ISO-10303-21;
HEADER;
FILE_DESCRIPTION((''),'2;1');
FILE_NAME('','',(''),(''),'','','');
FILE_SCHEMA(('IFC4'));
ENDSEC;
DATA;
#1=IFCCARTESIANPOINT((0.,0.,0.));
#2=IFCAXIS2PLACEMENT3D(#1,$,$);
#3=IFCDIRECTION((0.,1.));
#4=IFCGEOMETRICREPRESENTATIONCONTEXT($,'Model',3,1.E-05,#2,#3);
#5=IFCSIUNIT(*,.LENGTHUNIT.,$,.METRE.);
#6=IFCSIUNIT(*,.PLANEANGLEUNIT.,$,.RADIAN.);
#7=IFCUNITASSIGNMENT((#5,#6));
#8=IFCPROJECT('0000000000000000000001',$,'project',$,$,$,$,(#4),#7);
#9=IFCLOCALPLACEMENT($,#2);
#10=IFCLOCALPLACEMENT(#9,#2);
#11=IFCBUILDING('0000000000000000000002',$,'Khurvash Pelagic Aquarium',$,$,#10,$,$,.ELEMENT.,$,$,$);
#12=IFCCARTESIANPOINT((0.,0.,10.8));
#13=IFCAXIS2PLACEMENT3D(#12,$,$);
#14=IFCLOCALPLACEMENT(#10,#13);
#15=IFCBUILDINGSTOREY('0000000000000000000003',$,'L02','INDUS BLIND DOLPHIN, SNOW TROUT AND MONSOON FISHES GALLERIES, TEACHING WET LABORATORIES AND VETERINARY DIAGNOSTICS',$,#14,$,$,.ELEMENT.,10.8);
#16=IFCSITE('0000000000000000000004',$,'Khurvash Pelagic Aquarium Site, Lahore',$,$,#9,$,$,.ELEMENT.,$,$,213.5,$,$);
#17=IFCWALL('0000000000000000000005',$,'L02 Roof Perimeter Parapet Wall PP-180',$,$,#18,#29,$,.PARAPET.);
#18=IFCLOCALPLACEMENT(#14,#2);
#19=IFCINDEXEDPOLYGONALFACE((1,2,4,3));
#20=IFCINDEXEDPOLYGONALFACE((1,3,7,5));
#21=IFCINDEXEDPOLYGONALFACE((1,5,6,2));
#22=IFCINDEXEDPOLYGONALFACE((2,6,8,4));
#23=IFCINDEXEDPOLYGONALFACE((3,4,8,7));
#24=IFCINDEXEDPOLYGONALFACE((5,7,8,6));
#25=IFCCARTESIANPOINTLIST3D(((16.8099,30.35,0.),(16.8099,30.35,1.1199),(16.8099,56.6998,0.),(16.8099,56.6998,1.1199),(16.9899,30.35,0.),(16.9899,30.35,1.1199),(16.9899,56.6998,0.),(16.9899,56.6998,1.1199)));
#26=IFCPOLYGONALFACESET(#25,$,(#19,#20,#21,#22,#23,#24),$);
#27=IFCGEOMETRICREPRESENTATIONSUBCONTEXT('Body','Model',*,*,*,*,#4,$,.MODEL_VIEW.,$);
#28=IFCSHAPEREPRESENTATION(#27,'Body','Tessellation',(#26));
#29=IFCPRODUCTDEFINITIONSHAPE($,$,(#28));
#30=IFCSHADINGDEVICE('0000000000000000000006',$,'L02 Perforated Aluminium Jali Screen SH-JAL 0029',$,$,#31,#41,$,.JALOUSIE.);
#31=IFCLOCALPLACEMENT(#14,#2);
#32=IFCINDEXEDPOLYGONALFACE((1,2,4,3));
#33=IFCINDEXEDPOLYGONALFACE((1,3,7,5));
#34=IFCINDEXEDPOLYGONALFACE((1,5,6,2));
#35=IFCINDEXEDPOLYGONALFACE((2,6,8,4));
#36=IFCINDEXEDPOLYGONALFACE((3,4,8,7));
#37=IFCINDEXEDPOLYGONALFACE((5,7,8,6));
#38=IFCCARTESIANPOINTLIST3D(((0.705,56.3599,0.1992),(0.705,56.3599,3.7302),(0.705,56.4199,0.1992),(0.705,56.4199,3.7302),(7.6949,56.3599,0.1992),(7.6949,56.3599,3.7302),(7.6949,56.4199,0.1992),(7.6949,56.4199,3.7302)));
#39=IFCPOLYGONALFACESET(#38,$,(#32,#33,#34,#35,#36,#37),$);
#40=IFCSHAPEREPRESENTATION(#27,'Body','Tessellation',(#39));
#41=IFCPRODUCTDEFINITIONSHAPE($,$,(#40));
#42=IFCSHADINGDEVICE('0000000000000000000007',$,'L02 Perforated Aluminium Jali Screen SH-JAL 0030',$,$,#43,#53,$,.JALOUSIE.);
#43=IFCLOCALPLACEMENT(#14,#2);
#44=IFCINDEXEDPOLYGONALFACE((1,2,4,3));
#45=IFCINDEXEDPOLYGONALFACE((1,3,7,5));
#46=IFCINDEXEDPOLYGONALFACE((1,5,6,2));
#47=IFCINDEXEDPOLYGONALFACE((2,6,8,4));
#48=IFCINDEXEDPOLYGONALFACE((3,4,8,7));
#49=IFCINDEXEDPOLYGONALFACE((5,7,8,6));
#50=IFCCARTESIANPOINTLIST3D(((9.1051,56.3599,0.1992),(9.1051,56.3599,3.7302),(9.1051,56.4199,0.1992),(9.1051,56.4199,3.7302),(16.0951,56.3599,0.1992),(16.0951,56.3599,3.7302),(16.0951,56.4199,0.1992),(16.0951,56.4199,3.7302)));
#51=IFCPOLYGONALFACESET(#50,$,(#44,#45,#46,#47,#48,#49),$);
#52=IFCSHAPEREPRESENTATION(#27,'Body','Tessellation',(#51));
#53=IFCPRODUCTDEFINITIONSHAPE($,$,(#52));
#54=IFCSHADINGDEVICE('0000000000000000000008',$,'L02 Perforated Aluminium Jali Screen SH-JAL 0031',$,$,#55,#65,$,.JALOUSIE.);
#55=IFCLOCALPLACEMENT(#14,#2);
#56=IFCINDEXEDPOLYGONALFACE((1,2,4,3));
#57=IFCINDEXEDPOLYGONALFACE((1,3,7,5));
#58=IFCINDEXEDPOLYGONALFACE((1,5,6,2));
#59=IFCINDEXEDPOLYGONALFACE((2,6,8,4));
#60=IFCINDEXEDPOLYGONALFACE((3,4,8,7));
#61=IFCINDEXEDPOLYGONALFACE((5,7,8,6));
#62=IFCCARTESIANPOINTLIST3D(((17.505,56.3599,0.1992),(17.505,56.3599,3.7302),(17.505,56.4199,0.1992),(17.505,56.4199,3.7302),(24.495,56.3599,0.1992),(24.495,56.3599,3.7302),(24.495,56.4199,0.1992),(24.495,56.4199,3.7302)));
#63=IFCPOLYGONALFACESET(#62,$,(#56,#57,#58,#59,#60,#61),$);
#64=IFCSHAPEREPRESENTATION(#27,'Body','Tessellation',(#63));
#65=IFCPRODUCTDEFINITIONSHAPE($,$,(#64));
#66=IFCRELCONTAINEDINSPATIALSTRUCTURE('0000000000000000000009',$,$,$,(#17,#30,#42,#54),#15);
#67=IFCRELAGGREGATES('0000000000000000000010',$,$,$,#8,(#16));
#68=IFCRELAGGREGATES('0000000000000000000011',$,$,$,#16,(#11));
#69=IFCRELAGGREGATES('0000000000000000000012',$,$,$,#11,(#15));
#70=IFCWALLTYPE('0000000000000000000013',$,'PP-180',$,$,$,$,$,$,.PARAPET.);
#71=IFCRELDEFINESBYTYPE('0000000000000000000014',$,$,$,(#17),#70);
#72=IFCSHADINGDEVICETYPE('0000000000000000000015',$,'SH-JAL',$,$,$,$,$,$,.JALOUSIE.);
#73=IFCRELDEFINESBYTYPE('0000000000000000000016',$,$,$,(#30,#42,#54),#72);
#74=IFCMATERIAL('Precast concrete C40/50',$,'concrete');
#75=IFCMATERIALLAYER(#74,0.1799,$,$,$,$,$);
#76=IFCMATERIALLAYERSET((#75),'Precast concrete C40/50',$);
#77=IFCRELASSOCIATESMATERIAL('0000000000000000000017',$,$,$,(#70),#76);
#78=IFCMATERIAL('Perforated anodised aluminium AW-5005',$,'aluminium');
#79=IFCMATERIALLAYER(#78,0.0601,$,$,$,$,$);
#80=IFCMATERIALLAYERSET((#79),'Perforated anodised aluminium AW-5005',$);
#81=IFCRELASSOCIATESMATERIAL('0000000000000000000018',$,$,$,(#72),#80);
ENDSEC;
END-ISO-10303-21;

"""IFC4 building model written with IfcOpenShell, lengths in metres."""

from ifc_helpers import new_model, si_unit, direction, frame, frame_2d, origin, origin_2d, place, context, subcontext, project, spatial, rectangle, extrude, material, layer, layer_set, type_object, element, save


model = new_model("IFC4")

# Units and contexts
model_context = context("Model", 3, precision=1e-05, world=origin(), true_north=direction((0.0, 1.0)))
body_context = subcontext(model_context, "Body", "Model", "MODEL_VIEW")
ifc_project = project(units=[si_unit("LENGTHUNIT", "METRE"), si_unit("PLANEANGLEUNIT", "RADIAN")], contexts=[model_context])

# Site, building, storey
site_placement = place(None, origin())
site = spatial("IfcSite", under=ifc_project, at=site_placement, Name="Khurvash Pelagic Aquarium Site, Lahore", CompositionType="ELEMENT", RefElevation=213.5)
building_placement = place(site_placement, origin())
building = spatial("IfcBuilding", under=site, at=building_placement, Name="Khurvash Pelagic Aquarium", CompositionType="ELEMENT")
storey_placement = place(building_placement, frame((0.0, 0.0, 10.8)))
storey = spatial("IfcBuildingStorey", under=building, at=storey_placement, Name="L02", Description="INDUS BLIND DOLPHIN, SNOW TROUT AND MONSOON FISHES GALLERIES, TEACHING WET LABORATORIES AND VETERINARY DIAGNOSTICS", CompositionType="ELEMENT", Elevation=10.8)

# Wall
ifc_material_1 = material(Name="Precast concrete C40/50", Category="concrete")
ifc_layer_1 = layer(ifc_material_1, 0.1799)
ifc_layer_set_1 = layer_set([ifc_layer_1], Name="Precast concrete C40/50")
wall_type = type_object("IfcWallType", Name="PP-180", PredefinedType="PARAPET", material=ifc_layer_set_1)
wall_placement = place(storey_placement, frame((16.8999, 30.3501, 0.0), z_axis=(0.0, 0.0, 1.0), x_axis=(0.0, 1.0, 0.0)))
element("IfcWall", 1, at=wall_placement, inside=storey, type_object=wall_type, Name="L02 Roof Perimeter Parapet Wall PP-180", PredefinedType="PARAPET", context=body_context, shape_type="SweptSolid", body=[
    extrude(rectangle(XDim=26.3499, YDim=0.1799, at=frame_2d((13.1748, 0.0))), origin(), (0.0, 0.0, 1.0), 1.1199),
])

# Shading devices
ifc_material_2 = material(Name="Perforated anodised aluminium AW-5005", Category="aluminium")
ifc_layer_2 = layer(ifc_material_2, 0.0601)
ifc_layer_set_2 = layer_set([ifc_layer_2], Name="Perforated anodised aluminium AW-5005")
shading_device_type = type_object("IfcShadingDeviceType", Name="SH-JAL", PredefinedType="JALOUSIE", material=ifc_layer_set_2)
for number, where, z_axis, x_axis, name in (
    (2, (4.2, 56.3899, 0.1992), (0.0, 0.0, 1.0), (1.0, 0.0, 0.0), "L02 Perforated Aluminium Jali Screen SH-JAL 0029"),
    (3, (12.6001, 56.3899, 0.1992), (0.0, 0.0, 1.0), (1.0, 0.0, 0.0), "L02 Perforated Aluminium Jali Screen SH-JAL 0030"),
    (4, (21.0, 56.3899, 0.1992), (0.0, 0.0, 1.0), (1.0, 0.0, 0.0), "L02 Perforated Aluminium Jali Screen SH-JAL 0031"),
):
    element("IfcShadingDevice", number, at=place(storey_placement, frame(where, z_axis=z_axis, x_axis=x_axis)), inside=storey, type_object=shading_device_type, Name=name, PredefinedType="JALOUSIE", context=body_context, shape_type="SweptSolid", body=[
        extrude(rectangle(XDim=6.99, YDim=0.0601, at=origin_2d()), origin(), (0.0, 0.0, 1.0), 3.531),
    ])

save(model, "model.ifc")
